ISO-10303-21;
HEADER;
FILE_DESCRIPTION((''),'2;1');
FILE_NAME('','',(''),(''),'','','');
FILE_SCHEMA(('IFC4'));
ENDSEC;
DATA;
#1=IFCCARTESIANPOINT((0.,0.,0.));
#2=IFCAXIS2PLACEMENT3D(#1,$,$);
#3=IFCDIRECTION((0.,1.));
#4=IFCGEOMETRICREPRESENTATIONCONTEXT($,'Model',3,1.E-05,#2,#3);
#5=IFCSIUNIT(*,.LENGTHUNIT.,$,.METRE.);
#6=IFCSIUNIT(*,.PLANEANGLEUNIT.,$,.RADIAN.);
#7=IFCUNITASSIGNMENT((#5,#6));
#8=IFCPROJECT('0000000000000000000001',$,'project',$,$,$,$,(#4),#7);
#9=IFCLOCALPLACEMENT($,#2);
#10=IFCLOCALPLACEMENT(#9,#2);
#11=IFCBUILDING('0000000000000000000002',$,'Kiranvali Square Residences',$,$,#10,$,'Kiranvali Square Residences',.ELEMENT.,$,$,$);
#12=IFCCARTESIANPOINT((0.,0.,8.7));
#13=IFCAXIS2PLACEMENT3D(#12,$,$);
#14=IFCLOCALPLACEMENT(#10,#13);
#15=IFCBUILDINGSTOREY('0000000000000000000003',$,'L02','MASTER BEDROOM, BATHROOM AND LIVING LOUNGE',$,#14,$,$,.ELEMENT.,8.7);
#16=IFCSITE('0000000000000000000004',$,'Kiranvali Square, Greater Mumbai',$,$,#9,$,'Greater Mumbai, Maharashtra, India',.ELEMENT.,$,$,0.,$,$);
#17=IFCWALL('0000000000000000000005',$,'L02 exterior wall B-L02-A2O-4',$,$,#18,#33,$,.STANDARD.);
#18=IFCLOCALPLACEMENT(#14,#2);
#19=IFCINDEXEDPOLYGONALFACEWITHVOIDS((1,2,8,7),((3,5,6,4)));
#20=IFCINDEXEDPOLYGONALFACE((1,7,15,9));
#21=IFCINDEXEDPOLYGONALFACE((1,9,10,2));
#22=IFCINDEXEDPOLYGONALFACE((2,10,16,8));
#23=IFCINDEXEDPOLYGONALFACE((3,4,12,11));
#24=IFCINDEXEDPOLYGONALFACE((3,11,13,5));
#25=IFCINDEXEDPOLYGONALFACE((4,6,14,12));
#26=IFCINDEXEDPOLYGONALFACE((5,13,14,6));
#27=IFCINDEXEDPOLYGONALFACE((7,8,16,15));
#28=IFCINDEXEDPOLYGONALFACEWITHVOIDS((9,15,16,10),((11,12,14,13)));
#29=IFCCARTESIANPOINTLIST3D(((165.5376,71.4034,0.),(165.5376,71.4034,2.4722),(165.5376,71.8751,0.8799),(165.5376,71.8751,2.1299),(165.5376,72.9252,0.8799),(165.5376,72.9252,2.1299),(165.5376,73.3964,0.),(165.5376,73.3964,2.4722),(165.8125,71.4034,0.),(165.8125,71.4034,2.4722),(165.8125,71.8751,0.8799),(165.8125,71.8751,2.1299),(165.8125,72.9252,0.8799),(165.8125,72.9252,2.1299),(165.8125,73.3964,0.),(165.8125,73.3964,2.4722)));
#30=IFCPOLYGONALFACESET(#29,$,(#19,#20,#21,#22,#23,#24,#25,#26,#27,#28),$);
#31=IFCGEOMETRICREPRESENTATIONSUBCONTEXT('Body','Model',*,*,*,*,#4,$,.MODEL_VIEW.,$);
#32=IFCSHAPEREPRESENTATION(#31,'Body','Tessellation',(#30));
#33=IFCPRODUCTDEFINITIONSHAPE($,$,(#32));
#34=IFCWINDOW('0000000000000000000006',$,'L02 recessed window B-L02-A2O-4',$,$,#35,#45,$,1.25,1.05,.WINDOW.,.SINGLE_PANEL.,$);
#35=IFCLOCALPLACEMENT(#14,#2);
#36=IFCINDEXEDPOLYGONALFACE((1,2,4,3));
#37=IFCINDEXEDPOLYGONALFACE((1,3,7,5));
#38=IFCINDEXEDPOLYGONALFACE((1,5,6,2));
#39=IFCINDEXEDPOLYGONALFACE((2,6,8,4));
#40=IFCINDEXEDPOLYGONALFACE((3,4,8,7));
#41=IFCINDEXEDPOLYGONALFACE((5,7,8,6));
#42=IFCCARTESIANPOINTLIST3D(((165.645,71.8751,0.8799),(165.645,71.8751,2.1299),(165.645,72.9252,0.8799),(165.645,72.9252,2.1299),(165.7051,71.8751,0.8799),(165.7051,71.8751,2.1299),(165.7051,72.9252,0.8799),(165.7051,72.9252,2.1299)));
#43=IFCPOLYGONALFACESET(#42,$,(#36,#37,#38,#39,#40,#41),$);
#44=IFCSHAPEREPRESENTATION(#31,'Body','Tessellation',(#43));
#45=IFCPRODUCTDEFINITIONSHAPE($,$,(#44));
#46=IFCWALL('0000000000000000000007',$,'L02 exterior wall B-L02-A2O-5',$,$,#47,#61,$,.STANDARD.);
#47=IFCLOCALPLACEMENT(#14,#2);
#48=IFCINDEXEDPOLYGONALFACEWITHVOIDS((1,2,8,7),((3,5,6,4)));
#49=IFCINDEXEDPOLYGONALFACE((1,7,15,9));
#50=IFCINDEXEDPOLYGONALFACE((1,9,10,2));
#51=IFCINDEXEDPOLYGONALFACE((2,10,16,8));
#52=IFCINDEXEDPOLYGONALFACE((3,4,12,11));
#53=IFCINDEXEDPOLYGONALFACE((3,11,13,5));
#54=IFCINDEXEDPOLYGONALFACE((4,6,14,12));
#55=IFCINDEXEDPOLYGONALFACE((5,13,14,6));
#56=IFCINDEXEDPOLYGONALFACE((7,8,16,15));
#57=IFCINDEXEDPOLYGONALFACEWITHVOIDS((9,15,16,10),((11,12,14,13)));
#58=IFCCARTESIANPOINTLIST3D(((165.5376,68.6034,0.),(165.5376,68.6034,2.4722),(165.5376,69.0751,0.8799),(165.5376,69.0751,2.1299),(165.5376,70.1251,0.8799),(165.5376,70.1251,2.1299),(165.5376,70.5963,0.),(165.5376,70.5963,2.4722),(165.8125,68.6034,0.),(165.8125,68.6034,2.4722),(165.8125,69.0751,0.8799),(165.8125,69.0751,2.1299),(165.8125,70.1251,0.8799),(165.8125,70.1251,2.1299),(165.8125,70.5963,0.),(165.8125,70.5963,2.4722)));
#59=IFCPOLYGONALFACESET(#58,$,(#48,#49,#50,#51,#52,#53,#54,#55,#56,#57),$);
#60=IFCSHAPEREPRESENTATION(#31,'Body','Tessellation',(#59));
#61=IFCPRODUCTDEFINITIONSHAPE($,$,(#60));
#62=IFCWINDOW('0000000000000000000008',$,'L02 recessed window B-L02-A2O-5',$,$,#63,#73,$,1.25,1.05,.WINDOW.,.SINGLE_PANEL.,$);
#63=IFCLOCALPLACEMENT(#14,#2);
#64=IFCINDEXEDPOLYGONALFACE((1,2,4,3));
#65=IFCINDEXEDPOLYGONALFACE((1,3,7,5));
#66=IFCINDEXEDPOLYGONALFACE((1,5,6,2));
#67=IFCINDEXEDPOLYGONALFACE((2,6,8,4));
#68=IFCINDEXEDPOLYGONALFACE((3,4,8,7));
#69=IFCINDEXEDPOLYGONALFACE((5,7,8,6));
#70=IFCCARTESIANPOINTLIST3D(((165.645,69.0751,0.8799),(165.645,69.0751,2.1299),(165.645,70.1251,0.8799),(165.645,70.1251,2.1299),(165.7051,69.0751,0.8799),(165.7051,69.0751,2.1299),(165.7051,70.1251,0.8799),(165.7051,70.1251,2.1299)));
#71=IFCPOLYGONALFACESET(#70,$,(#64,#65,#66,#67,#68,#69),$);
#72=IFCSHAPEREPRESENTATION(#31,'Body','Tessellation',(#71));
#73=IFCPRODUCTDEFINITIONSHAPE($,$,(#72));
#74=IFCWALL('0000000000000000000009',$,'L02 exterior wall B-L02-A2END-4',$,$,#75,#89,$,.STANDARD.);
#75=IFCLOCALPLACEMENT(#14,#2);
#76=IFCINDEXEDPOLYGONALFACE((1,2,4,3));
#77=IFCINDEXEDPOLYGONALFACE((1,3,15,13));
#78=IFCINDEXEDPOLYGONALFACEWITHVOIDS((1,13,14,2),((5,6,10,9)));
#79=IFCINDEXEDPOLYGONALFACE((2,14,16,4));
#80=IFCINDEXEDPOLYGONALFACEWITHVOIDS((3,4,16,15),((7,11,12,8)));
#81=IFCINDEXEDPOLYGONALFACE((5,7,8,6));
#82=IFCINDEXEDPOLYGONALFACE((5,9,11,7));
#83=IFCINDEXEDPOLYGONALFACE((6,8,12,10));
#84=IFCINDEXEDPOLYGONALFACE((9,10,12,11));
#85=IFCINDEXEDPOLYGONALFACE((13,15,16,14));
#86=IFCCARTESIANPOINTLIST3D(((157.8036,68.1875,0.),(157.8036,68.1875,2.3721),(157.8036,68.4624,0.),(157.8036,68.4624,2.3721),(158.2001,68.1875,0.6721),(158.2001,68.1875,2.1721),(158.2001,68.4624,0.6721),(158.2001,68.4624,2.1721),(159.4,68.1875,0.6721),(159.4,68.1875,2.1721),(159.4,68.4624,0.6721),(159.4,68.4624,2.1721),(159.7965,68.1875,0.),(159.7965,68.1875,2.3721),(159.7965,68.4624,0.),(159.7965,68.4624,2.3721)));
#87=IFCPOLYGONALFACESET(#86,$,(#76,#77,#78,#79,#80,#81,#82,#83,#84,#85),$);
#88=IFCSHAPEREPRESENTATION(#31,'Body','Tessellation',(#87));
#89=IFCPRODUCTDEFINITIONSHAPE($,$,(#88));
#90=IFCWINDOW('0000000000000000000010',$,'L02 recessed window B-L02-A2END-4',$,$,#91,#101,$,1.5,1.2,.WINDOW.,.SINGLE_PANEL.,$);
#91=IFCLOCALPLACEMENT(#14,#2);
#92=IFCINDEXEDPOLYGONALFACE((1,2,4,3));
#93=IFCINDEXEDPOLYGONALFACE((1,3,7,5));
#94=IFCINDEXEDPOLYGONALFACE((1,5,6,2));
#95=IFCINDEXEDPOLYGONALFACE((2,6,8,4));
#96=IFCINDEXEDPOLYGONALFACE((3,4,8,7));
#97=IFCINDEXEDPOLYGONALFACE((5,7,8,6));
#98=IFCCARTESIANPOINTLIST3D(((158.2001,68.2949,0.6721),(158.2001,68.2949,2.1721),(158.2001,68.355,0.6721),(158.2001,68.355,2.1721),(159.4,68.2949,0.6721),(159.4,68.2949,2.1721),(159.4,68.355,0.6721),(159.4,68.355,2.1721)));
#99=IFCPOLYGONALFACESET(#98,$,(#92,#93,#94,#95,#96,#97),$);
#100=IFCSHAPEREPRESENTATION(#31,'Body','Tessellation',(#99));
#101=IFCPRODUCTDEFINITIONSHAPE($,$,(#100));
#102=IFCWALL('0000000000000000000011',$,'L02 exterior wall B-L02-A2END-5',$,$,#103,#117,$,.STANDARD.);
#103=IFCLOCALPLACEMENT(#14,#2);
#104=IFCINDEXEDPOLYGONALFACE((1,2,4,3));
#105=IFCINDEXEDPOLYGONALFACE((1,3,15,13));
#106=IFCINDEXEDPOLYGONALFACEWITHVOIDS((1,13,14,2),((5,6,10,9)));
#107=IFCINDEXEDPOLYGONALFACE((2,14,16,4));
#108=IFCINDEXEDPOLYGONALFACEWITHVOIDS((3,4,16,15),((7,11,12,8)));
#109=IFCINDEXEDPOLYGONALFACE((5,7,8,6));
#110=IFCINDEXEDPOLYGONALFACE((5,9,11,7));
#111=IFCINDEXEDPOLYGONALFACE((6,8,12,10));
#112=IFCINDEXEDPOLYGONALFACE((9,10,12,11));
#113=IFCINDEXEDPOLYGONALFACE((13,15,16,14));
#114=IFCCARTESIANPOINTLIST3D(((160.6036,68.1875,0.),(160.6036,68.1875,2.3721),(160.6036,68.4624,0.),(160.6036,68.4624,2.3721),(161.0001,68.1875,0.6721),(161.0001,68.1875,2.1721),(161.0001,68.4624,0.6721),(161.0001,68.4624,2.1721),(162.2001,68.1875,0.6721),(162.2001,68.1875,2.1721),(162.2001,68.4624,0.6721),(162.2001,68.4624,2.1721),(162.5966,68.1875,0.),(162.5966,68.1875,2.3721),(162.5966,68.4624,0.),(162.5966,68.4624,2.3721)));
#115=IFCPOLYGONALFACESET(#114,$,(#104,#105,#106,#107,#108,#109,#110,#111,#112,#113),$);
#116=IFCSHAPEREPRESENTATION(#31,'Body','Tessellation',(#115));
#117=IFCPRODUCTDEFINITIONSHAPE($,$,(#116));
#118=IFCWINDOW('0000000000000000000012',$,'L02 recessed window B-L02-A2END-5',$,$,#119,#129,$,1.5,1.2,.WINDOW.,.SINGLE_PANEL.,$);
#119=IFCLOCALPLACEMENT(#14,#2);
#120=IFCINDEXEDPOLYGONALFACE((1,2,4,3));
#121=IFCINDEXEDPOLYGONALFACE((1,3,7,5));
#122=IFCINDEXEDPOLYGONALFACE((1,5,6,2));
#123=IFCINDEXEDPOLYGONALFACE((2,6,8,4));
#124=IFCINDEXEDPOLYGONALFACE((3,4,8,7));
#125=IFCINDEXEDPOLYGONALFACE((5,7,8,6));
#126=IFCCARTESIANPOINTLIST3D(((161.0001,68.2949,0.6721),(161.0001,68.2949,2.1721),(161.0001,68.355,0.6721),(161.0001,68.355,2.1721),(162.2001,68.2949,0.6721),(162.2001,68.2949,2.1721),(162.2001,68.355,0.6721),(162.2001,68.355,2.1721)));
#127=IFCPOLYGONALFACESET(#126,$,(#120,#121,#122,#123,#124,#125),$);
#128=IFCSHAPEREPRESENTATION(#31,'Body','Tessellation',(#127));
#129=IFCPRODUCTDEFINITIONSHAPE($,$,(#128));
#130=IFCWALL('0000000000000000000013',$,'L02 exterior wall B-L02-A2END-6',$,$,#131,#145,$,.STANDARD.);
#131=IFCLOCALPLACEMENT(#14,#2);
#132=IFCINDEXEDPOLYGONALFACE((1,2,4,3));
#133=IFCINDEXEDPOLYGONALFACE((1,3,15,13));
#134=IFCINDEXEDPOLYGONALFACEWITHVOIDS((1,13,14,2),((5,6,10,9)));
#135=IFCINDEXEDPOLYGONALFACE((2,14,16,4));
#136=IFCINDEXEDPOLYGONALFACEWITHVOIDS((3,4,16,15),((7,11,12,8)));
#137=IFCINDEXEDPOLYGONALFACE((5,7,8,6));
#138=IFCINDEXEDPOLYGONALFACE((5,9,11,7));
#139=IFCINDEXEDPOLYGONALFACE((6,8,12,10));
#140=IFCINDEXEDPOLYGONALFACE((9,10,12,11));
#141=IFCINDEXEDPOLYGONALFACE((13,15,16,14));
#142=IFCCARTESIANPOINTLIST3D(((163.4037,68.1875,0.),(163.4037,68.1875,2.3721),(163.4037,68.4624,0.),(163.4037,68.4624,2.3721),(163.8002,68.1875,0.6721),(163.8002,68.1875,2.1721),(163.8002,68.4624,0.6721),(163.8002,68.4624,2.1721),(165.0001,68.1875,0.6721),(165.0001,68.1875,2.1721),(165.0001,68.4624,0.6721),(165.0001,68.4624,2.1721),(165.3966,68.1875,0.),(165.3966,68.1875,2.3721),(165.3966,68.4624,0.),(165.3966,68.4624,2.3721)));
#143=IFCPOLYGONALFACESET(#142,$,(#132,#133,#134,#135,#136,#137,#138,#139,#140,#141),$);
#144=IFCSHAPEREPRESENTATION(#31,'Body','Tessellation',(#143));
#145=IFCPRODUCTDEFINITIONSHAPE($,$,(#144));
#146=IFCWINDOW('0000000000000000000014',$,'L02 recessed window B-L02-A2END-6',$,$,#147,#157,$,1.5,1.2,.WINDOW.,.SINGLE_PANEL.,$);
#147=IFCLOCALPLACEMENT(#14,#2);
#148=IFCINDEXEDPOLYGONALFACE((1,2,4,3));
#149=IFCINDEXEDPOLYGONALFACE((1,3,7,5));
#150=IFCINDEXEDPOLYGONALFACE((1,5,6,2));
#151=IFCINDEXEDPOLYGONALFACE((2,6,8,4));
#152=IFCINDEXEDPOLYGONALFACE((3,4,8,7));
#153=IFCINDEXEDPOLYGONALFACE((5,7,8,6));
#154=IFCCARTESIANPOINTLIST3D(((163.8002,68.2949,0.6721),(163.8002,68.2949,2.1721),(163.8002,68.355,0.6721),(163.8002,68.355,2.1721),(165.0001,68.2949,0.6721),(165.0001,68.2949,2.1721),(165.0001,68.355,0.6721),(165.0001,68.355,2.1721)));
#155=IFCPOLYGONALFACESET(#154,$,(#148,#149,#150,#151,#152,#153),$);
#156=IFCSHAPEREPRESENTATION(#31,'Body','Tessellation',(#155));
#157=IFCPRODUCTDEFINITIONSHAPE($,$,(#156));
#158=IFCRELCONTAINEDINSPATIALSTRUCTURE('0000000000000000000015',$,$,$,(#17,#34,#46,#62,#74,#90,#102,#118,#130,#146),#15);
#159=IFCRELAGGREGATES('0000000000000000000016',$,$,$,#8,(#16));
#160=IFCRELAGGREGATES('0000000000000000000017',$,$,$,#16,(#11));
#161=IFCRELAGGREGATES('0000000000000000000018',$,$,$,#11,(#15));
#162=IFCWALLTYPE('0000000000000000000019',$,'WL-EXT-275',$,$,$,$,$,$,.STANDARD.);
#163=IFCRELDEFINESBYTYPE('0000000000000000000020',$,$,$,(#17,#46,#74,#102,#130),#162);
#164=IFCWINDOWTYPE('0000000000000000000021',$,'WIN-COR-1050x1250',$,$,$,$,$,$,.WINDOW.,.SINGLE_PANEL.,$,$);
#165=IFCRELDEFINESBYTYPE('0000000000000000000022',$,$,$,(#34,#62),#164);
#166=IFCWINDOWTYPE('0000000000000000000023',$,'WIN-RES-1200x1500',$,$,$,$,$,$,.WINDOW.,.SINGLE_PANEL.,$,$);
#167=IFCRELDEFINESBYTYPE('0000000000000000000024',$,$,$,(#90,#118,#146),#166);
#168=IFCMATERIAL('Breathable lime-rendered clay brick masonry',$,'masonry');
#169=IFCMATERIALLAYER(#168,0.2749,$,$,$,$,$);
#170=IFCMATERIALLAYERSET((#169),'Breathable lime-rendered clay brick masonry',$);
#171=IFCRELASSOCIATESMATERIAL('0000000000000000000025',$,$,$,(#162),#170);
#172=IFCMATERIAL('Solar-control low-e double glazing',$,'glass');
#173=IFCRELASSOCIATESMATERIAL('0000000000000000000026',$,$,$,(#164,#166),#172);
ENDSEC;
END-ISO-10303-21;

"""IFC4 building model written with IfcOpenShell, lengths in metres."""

from ifc_helpers import new_model, si_unit, direction, frame, frame_2d, origin, place, context, subcontext, project, spatial, rectangle, extrude, material, layer, layer_set, type_object, element, fill, save


model = new_model("IFC4")

# Units and contexts
model_context = context("Model", 3, precision=1e-05, world=origin(), true_north=direction((0.0, 1.0)))
body_context = subcontext(model_context, "Body", "Model", "MODEL_VIEW")
ifc_project = project(units=[si_unit("LENGTHUNIT", "METRE"), si_unit("PLANEANGLEUNIT", "RADIAN")], contexts=[model_context])

# Site, building, storey
site_placement = place(None, origin())
site = spatial("IfcSite", under=ifc_project, at=site_placement, Name="Kiranvali Square, Greater Mumbai", LongName="Greater Mumbai, Maharashtra, India", CompositionType="ELEMENT", RefElevation=0.0)
building_placement = place(site_placement, origin())
building = spatial("IfcBuilding", under=site, at=building_placement, Name="Kiranvali Square Residences", LongName="Kiranvali Square Residences", CompositionType="ELEMENT")
storey_placement = place(building_placement, frame((0.0, 0.0, 8.7)))
storey = spatial("IfcBuildingStorey", under=building, at=storey_placement, Name="L02", Description="MASTER BEDROOM, BATHROOM AND LIVING LOUNGE", CompositionType="ELEMENT", Elevation=8.7)

# Walls, openings, windows
ifc_material_1 = material(Name="Breathable lime-rendered clay brick masonry", Category="masonry")
ifc_layer = layer(ifc_material_1, 0.2749)
ifc_layer_set = layer_set([ifc_layer], Name="Breathable lime-rendered clay brick masonry")
wall_type = type_object("IfcWallType", Name="WL-EXT-275", PredefinedType="STANDARD", material=ifc_layer_set)
wall_1_placement = place(storey_placement, frame((165.675, 73.3965, 0.0), z_axis=(0.0, 0.0, 1.0), x_axis=(0.0, -1.0, 0.0)))
wall_1 = element("IfcWall", 1, at=wall_1_placement, inside=storey, type_object=wall_type, Name="L02 exterior wall B-L02-A2O-4", PredefinedType="STANDARD", context=body_context, shape_type="SweptSolid", body=[
    extrude(rectangle(XDim=1.9929, YDim=0.2749, at=frame_2d((0.9966, 0.0))), origin(), (0.0, 0.0, 1.0), 2.4722),
])
opening_1_placement = place(wall_1_placement, frame((0.4714, 0.0, 0.8799)))
opening_1 = element("IfcOpeningElement", 2, at=opening_1_placement, cuts=wall_1, PredefinedType="OPENING", context=body_context, shape_type="SweptSolid", body=[
    extrude(rectangle(XDim=1.05, YDim=1.25, at=frame_2d((0.5249, 0.625))), frame((0.0, 0.1475, 0.0), z_axis=(0.0, -1.0, 0.0), x_axis=(1.0, 0.0, 0.0)), (0.0, 0.0, 1.0), 0.2949),
])
ifc_material_2 = material(Name="Solar-control low-e double glazing", Category="glass")
window_type_1 = type_object("IfcWindowType", Name="WIN-COR-1050x1250", PartitioningType="SINGLE_PANEL", PredefinedType="WINDOW", material=ifc_material_2)
window_1_placement = place(opening_1_placement, origin())
window_1 = element("IfcWindow", 3, at=window_1_placement, inside=storey, type_object=window_type_1, Name="L02 recessed window B-L02-A2O-4", OverallHeight=1.25, OverallWidth=1.05, PartitioningType="SINGLE_PANEL", PredefinedType="WINDOW", context=body_context, shape_type="SweptSolid", body=[
    extrude(rectangle(XDim=1.05, YDim=1.25, at=frame_2d((0.5249, 0.625))), frame((0.0, 0.03, 0.0), z_axis=(0.0, -1.0, 0.0), x_axis=(1.0, 0.0, 0.0)), (0.0, 0.0, 1.0), 0.0601),
])
fill(opening_1, window_1)
wall_2_placement = place(storey_placement, frame((165.675, 70.5964, 0.0), z_axis=(0.0, 0.0, 1.0), x_axis=(0.0, -1.0, 0.0)))
wall_2 = element("IfcWall", 4, at=wall_2_placement, inside=storey, type_object=wall_type, Name="L02 exterior wall B-L02-A2O-5", PredefinedType="STANDARD", context=body_context, shape_type="SweptSolid", body=[
    extrude(rectangle(XDim=1.9929, YDim=0.2749, at=frame_2d((0.9966, 0.0))), origin(), (0.0, 0.0, 1.0), 2.4722),
])
opening_2_placement = place(wall_2_placement, frame((0.4714, 0.0, 0.8799)))
opening_2 = element("IfcOpeningElement", 5, at=opening_2_placement, cuts=wall_2, PredefinedType="OPENING", context=body_context, shape_type="SweptSolid", body=[
    extrude(rectangle(XDim=1.05, YDim=1.25, at=frame_2d((0.5249, 0.625))), frame((0.0, 0.1475, 0.0), z_axis=(0.0, -1.0, 0.0), x_axis=(1.0, 0.0, 0.0)), (0.0, 0.0, 1.0), 0.2949),
])
window_2_placement = place(opening_2_placement, origin())
window_2 = element("IfcWindow", 6, at=window_2_placement, inside=storey, type_object=window_type_1, Name="L02 recessed window B-L02-A2O-5", OverallHeight=1.25, OverallWidth=1.05, PartitioningType="SINGLE_PANEL", PredefinedType="WINDOW", context=body_context, shape_type="SweptSolid", body=[
    extrude(rectangle(XDim=1.05, YDim=1.25, at=frame_2d((0.5249, 0.625))), frame((0.0, 0.03, 0.0), z_axis=(0.0, -1.0, 0.0), x_axis=(1.0, 0.0, 0.0)), (0.0, 0.0, 1.0), 0.0601),
])
fill(opening_2, window_2)
wall_3_placement = place(storey_placement, frame((157.8035, 68.325, 0.0), z_axis=(0.0, 0.0, 1.0), x_axis=(1.0, 0.0, 0.0)))
wall_3 = element("IfcWall", 7, at=wall_3_placement, inside=storey, type_object=wall_type, Name="L02 exterior wall B-L02-A2END-4", PredefinedType="STANDARD", context=body_context, shape_type="SweptSolid", body=[
    extrude(rectangle(XDim=1.9929, YDim=0.2749, at=frame_2d((0.9966, 0.0))), origin(), (0.0, 0.0, 1.0), 2.3721),
])
opening_3_placement = place(wall_3_placement, frame((0.3965, 0.0, 0.6721)))
opening_3 = element("IfcOpeningElement", 8, at=opening_3_placement, cuts=wall_3, PredefinedType="OPENING", context=body_context, shape_type="SweptSolid", body=[
    extrude(rectangle(XDim=1.2, YDim=1.5, at=frame_2d((0.6001, 0.75))), frame((0.0, 0.1475, 0.0), z_axis=(0.0, -1.0, 0.0), x_axis=(1.0, 0.0, 0.0)), (0.0, 0.0, 1.0), 0.2949),
])
window_type_2 = type_object("IfcWindowType", Name="WIN-RES-1200x1500", PartitioningType="SINGLE_PANEL", PredefinedType="WINDOW", material=ifc_material_2)
window_3_placement = place(opening_3_placement, origin())
window_3 = element("IfcWindow", 9, at=window_3_placement, inside=storey, type_object=window_type_2, Name="L02 recessed window B-L02-A2END-4", OverallHeight=1.5, OverallWidth=1.2, PartitioningType="SINGLE_PANEL", PredefinedType="WINDOW", context=body_context, shape_type="SweptSolid", body=[
    extrude(rectangle(XDim=1.2, YDim=1.5, at=frame_2d((0.6001, 0.75))), frame((0.0, 0.03, 0.0), z_axis=(0.0, -1.0, 0.0), x_axis=(1.0, 0.0, 0.0)), (0.0, 0.0, 1.0), 0.0601),
])
fill(opening_3, window_3)
wall_4_placement = place(storey_placement, frame((160.6035, 68.325, 0.0), z_axis=(0.0, 0.0, 1.0), x_axis=(1.0, 0.0, 0.0)))
wall_4 = element("IfcWall", 10, at=wall_4_placement, inside=storey, type_object=wall_type, Name="L02 exterior wall B-L02-A2END-5", PredefinedType="STANDARD", context=body_context, shape_type="SweptSolid", body=[
    extrude(rectangle(XDim=1.9929, YDim=0.2749, at=frame_2d((0.9966, 0.0))), origin(), (0.0, 0.0, 1.0), 2.3721),
])
opening_4_placement = place(wall_4_placement, frame((0.3965, 0.0, 0.6721)))
opening_4 = element("IfcOpeningElement", 11, at=opening_4_placement, cuts=wall_4, PredefinedType="OPENING", context=body_context, shape_type="SweptSolid", body=[
    extrude(rectangle(XDim=1.2, YDim=1.5, at=frame_2d((0.6001, 0.75))), frame((0.0, 0.1475, 0.0), z_axis=(0.0, -1.0, 0.0), x_axis=(1.0, 0.0, 0.0)), (0.0, 0.0, 1.0), 0.2949),
])
window_4_placement = place(opening_4_placement, origin())
window_4 = element("IfcWindow", 12, at=window_4_placement, inside=storey, type_object=window_type_2, Name="L02 recessed window B-L02-A2END-5", OverallHeight=1.5, OverallWidth=1.2, PartitioningType="SINGLE_PANEL", PredefinedType="WINDOW", context=body_context, shape_type="SweptSolid", body=[
    extrude(rectangle(XDim=1.2, YDim=1.5, at=frame_2d((0.6001, 0.75))), frame((0.0, 0.03, 0.0), z_axis=(0.0, -1.0, 0.0), x_axis=(1.0, 0.0, 0.0)), (0.0, 0.0, 1.0), 0.0601),
])
fill(opening_4, window_4)
wall_5_placement = place(storey_placement, frame((163.4036, 68.325, 0.0), z_axis=(0.0, 0.0, 1.0), x_axis=(1.0, 0.0, 0.0)))
wall_5 = element("IfcWall", 13, at=wall_5_placement, inside=storey, type_object=wall_type, Name="L02 exterior wall B-L02-A2END-6", PredefinedType="STANDARD", context=body_context, shape_type="SweptSolid", body=[
    extrude(rectangle(XDim=1.9929, YDim=0.2749, at=frame_2d((0.9966, 0.0))), origin(), (0.0, 0.0, 1.0), 2.3721),
])
opening_5_placement = place(wall_5_placement, frame((0.3965, 0.0, 0.6721)))
opening_5 = element("IfcOpeningElement", 14, at=opening_5_placement, cuts=wall_5, PredefinedType="OPENING", context=body_context, shape_type="SweptSolid", body=[
    extrude(rectangle(XDim=1.2, YDim=1.5, at=frame_2d((0.6001, 0.75))), frame((0.0, 0.1475, 0.0), z_axis=(0.0, -1.0, 0.0), x_axis=(1.0, 0.0, 0.0)), (0.0, 0.0, 1.0), 0.2949),
])
window_5_placement = place(opening_5_placement, origin())
window_5 = element("IfcWindow", 15, at=window_5_placement, inside=storey, type_object=window_type_2, Name="L02 recessed window B-L02-A2END-6", OverallHeight=1.5, OverallWidth=1.2, PartitioningType="SINGLE_PANEL", PredefinedType="WINDOW", context=body_context, shape_type="SweptSolid", body=[
    extrude(rectangle(XDim=1.2, YDim=1.5, at=frame_2d((0.6001, 0.75))), frame((0.0, 0.03, 0.0), z_axis=(0.0, -1.0, 0.0), x_axis=(1.0, 0.0, 0.0)), (0.0, 0.0, 1.0), 0.0601),
])
fill(opening_5, window_5)

save(model, "model.ifc")
